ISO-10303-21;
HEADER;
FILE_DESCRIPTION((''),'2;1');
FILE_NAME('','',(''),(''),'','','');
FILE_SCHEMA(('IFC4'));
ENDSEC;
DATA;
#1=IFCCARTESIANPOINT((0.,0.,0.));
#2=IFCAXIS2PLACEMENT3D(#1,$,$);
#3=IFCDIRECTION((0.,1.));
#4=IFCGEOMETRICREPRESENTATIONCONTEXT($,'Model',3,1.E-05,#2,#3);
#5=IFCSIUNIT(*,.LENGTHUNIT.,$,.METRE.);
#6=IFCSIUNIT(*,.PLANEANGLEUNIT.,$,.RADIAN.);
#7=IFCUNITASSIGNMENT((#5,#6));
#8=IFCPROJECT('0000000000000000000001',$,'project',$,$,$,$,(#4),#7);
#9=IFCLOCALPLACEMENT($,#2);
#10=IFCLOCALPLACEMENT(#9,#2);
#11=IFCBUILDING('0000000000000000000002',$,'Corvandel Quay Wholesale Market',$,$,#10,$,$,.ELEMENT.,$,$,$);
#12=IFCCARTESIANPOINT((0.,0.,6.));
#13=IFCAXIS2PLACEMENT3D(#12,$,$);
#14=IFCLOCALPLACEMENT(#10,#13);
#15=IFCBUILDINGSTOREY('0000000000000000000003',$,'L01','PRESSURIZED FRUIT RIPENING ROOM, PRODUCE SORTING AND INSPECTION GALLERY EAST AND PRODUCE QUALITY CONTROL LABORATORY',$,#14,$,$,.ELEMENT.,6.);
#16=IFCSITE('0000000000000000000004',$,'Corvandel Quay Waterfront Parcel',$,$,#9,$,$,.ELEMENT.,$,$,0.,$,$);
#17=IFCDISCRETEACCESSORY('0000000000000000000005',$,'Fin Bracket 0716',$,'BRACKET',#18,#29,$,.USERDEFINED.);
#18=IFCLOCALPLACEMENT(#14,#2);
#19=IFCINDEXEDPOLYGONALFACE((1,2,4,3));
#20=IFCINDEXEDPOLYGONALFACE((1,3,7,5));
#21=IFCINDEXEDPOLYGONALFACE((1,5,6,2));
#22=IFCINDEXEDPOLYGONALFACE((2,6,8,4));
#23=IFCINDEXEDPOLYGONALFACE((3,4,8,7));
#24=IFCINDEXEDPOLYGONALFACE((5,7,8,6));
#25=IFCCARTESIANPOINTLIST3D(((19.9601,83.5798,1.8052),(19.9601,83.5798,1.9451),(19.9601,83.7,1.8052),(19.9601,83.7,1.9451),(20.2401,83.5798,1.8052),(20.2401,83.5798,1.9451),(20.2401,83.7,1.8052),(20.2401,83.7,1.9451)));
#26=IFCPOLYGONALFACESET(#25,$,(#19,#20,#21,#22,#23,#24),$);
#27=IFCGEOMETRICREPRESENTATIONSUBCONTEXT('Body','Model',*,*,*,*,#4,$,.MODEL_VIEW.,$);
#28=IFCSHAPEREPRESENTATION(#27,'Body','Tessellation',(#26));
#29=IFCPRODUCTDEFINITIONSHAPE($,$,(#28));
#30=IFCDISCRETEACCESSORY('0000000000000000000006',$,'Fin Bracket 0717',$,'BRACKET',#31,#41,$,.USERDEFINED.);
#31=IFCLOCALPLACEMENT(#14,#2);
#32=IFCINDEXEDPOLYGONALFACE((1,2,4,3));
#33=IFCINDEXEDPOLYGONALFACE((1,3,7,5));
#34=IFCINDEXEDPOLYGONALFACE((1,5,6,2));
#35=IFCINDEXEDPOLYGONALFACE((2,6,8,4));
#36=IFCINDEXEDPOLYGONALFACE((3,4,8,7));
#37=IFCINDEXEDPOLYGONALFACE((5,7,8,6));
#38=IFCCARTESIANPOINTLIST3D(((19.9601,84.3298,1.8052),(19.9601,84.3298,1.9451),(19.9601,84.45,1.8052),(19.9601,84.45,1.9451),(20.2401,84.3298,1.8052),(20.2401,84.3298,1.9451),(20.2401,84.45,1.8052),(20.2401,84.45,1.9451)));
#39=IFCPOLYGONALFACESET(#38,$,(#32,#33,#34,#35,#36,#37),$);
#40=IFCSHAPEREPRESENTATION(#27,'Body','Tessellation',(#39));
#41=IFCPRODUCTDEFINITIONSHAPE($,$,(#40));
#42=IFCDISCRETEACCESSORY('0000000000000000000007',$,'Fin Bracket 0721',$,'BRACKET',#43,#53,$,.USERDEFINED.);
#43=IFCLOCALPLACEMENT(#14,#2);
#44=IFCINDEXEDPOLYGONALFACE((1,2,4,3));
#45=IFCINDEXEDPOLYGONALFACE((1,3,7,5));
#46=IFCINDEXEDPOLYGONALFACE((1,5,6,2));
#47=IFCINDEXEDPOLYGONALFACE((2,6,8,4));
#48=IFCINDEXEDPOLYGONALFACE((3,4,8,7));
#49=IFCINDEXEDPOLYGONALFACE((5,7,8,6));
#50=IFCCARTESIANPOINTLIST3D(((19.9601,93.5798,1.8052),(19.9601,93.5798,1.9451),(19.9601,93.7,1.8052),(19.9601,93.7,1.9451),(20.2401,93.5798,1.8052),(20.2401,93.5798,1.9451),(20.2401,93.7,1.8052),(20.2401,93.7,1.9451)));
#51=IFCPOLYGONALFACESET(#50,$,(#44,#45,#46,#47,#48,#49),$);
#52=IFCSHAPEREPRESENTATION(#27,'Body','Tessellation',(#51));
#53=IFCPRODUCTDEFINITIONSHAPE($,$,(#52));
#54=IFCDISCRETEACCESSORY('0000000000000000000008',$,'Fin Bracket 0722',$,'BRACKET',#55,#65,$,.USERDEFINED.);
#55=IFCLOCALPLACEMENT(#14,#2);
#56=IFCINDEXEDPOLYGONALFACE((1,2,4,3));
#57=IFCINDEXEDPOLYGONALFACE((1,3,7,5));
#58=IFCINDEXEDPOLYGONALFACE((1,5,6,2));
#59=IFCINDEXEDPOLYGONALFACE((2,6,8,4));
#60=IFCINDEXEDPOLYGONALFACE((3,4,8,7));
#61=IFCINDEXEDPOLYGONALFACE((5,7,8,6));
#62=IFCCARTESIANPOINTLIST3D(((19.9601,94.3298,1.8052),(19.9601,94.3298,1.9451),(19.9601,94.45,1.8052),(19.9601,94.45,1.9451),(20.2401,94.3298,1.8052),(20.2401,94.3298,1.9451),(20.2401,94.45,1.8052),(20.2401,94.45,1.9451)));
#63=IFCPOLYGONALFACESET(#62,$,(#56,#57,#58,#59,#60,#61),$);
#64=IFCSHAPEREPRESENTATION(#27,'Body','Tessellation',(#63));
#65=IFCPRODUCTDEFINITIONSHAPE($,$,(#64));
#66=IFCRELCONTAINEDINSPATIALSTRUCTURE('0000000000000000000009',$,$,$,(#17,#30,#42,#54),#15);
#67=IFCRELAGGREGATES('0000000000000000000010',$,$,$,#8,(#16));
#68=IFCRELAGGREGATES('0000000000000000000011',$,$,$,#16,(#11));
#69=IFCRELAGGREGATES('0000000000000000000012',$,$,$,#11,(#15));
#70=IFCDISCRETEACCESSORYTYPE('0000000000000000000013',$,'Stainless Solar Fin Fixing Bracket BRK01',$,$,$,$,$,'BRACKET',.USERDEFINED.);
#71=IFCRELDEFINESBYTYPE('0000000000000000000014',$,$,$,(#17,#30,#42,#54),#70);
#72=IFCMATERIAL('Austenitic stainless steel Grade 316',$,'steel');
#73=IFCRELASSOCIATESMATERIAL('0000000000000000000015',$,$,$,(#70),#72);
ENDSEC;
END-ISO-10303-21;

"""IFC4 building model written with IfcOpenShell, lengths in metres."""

from ifc_helpers import new_model, si_unit, direction, frame, origin, origin_2d, place, context, subcontext, project, spatial, rectangle, extrude, material, type_object, element, save


model = new_model("IFC4")

# Units and contexts
model_context = context("Model", 3, precision=1e-05, world=origin(), true_north=direction((0.0, 1.0)))
body_context = subcontext(model_context, "Body", "Model", "MODEL_VIEW")
ifc_project = project(units=[si_unit("LENGTHUNIT", "METRE"), si_unit("PLANEANGLEUNIT", "RADIAN")], contexts=[model_context])

# Site, building, storey
site_placement = place(None, origin())
site = spatial("IfcSite", under=ifc_project, at=site_placement, Name="Corvandel Quay Waterfront Parcel", CompositionType="ELEMENT", RefElevation=0.0)
building_placement = place(site_placement, origin())
building = spatial("IfcBuilding", under=site, at=building_placement, Name="Corvandel Quay Wholesale Market", CompositionType="ELEMENT")
storey_placement = place(building_placement, frame((0.0, 0.0, 6.0)))
storey = spatial("IfcBuildingStorey", under=building, at=storey_placement, Name="L01", Description="PRESSURIZED FRUIT RIPENING ROOM, PRODUCE SORTING AND INSPECTION GALLERY EAST AND PRODUCE QUALITY CONTROL LABORATORY", CompositionType="ELEMENT", Elevation=6.0)

# Discrete accessories
ifc_material_1 = material(Name="Austenitic stainless steel Grade 316", Category="steel")
discrete_accessory_type = type_object("IfcDiscreteAccessoryType", Name="Stainless Solar Fin Fixing Bracket BRK01", ElementType="BRACKET", PredefinedType="USERDEFINED", material=ifc_material_1)
for number, where, z_axis, x_axis, name in (
    (1, (20.1001, 83.6399, 1.8052), (0.0, 0.0, 1.0), (1.0, 0.0, 0.0), "Fin Bracket 0716"),
    (2, (20.1001, 84.3899, 1.8052), (0.0, 0.0, 1.0), (1.0, 0.0, 0.0), "Fin Bracket 0717"),
    (3, (20.1001, 93.6399, 1.8052), (0.0, 0.0, 1.0), (1.0, 0.0, 0.0), "Fin Bracket 0721"),
    (4, (20.1001, 94.3899, 1.8052), (0.0, 0.0, 1.0), (1.0, 0.0, 0.0), "Fin Bracket 0722"),
):
    element("IfcDiscreteAccessory", number, at=place(storey_placement, frame(where, z_axis=z_axis, x_axis=x_axis)), inside=storey, type_object=discrete_accessory_type, Name=name, ObjectType="BRACKET", PredefinedType="USERDEFINED", context=body_context, shape_type="SweptSolid", body=[
        extrude(rectangle(XDim=0.28, YDim=0.1201, at=origin_2d()), origin(), (0.0, 0.0, 1.0), 0.1399),
    ])

save(model, "model.ifc")
